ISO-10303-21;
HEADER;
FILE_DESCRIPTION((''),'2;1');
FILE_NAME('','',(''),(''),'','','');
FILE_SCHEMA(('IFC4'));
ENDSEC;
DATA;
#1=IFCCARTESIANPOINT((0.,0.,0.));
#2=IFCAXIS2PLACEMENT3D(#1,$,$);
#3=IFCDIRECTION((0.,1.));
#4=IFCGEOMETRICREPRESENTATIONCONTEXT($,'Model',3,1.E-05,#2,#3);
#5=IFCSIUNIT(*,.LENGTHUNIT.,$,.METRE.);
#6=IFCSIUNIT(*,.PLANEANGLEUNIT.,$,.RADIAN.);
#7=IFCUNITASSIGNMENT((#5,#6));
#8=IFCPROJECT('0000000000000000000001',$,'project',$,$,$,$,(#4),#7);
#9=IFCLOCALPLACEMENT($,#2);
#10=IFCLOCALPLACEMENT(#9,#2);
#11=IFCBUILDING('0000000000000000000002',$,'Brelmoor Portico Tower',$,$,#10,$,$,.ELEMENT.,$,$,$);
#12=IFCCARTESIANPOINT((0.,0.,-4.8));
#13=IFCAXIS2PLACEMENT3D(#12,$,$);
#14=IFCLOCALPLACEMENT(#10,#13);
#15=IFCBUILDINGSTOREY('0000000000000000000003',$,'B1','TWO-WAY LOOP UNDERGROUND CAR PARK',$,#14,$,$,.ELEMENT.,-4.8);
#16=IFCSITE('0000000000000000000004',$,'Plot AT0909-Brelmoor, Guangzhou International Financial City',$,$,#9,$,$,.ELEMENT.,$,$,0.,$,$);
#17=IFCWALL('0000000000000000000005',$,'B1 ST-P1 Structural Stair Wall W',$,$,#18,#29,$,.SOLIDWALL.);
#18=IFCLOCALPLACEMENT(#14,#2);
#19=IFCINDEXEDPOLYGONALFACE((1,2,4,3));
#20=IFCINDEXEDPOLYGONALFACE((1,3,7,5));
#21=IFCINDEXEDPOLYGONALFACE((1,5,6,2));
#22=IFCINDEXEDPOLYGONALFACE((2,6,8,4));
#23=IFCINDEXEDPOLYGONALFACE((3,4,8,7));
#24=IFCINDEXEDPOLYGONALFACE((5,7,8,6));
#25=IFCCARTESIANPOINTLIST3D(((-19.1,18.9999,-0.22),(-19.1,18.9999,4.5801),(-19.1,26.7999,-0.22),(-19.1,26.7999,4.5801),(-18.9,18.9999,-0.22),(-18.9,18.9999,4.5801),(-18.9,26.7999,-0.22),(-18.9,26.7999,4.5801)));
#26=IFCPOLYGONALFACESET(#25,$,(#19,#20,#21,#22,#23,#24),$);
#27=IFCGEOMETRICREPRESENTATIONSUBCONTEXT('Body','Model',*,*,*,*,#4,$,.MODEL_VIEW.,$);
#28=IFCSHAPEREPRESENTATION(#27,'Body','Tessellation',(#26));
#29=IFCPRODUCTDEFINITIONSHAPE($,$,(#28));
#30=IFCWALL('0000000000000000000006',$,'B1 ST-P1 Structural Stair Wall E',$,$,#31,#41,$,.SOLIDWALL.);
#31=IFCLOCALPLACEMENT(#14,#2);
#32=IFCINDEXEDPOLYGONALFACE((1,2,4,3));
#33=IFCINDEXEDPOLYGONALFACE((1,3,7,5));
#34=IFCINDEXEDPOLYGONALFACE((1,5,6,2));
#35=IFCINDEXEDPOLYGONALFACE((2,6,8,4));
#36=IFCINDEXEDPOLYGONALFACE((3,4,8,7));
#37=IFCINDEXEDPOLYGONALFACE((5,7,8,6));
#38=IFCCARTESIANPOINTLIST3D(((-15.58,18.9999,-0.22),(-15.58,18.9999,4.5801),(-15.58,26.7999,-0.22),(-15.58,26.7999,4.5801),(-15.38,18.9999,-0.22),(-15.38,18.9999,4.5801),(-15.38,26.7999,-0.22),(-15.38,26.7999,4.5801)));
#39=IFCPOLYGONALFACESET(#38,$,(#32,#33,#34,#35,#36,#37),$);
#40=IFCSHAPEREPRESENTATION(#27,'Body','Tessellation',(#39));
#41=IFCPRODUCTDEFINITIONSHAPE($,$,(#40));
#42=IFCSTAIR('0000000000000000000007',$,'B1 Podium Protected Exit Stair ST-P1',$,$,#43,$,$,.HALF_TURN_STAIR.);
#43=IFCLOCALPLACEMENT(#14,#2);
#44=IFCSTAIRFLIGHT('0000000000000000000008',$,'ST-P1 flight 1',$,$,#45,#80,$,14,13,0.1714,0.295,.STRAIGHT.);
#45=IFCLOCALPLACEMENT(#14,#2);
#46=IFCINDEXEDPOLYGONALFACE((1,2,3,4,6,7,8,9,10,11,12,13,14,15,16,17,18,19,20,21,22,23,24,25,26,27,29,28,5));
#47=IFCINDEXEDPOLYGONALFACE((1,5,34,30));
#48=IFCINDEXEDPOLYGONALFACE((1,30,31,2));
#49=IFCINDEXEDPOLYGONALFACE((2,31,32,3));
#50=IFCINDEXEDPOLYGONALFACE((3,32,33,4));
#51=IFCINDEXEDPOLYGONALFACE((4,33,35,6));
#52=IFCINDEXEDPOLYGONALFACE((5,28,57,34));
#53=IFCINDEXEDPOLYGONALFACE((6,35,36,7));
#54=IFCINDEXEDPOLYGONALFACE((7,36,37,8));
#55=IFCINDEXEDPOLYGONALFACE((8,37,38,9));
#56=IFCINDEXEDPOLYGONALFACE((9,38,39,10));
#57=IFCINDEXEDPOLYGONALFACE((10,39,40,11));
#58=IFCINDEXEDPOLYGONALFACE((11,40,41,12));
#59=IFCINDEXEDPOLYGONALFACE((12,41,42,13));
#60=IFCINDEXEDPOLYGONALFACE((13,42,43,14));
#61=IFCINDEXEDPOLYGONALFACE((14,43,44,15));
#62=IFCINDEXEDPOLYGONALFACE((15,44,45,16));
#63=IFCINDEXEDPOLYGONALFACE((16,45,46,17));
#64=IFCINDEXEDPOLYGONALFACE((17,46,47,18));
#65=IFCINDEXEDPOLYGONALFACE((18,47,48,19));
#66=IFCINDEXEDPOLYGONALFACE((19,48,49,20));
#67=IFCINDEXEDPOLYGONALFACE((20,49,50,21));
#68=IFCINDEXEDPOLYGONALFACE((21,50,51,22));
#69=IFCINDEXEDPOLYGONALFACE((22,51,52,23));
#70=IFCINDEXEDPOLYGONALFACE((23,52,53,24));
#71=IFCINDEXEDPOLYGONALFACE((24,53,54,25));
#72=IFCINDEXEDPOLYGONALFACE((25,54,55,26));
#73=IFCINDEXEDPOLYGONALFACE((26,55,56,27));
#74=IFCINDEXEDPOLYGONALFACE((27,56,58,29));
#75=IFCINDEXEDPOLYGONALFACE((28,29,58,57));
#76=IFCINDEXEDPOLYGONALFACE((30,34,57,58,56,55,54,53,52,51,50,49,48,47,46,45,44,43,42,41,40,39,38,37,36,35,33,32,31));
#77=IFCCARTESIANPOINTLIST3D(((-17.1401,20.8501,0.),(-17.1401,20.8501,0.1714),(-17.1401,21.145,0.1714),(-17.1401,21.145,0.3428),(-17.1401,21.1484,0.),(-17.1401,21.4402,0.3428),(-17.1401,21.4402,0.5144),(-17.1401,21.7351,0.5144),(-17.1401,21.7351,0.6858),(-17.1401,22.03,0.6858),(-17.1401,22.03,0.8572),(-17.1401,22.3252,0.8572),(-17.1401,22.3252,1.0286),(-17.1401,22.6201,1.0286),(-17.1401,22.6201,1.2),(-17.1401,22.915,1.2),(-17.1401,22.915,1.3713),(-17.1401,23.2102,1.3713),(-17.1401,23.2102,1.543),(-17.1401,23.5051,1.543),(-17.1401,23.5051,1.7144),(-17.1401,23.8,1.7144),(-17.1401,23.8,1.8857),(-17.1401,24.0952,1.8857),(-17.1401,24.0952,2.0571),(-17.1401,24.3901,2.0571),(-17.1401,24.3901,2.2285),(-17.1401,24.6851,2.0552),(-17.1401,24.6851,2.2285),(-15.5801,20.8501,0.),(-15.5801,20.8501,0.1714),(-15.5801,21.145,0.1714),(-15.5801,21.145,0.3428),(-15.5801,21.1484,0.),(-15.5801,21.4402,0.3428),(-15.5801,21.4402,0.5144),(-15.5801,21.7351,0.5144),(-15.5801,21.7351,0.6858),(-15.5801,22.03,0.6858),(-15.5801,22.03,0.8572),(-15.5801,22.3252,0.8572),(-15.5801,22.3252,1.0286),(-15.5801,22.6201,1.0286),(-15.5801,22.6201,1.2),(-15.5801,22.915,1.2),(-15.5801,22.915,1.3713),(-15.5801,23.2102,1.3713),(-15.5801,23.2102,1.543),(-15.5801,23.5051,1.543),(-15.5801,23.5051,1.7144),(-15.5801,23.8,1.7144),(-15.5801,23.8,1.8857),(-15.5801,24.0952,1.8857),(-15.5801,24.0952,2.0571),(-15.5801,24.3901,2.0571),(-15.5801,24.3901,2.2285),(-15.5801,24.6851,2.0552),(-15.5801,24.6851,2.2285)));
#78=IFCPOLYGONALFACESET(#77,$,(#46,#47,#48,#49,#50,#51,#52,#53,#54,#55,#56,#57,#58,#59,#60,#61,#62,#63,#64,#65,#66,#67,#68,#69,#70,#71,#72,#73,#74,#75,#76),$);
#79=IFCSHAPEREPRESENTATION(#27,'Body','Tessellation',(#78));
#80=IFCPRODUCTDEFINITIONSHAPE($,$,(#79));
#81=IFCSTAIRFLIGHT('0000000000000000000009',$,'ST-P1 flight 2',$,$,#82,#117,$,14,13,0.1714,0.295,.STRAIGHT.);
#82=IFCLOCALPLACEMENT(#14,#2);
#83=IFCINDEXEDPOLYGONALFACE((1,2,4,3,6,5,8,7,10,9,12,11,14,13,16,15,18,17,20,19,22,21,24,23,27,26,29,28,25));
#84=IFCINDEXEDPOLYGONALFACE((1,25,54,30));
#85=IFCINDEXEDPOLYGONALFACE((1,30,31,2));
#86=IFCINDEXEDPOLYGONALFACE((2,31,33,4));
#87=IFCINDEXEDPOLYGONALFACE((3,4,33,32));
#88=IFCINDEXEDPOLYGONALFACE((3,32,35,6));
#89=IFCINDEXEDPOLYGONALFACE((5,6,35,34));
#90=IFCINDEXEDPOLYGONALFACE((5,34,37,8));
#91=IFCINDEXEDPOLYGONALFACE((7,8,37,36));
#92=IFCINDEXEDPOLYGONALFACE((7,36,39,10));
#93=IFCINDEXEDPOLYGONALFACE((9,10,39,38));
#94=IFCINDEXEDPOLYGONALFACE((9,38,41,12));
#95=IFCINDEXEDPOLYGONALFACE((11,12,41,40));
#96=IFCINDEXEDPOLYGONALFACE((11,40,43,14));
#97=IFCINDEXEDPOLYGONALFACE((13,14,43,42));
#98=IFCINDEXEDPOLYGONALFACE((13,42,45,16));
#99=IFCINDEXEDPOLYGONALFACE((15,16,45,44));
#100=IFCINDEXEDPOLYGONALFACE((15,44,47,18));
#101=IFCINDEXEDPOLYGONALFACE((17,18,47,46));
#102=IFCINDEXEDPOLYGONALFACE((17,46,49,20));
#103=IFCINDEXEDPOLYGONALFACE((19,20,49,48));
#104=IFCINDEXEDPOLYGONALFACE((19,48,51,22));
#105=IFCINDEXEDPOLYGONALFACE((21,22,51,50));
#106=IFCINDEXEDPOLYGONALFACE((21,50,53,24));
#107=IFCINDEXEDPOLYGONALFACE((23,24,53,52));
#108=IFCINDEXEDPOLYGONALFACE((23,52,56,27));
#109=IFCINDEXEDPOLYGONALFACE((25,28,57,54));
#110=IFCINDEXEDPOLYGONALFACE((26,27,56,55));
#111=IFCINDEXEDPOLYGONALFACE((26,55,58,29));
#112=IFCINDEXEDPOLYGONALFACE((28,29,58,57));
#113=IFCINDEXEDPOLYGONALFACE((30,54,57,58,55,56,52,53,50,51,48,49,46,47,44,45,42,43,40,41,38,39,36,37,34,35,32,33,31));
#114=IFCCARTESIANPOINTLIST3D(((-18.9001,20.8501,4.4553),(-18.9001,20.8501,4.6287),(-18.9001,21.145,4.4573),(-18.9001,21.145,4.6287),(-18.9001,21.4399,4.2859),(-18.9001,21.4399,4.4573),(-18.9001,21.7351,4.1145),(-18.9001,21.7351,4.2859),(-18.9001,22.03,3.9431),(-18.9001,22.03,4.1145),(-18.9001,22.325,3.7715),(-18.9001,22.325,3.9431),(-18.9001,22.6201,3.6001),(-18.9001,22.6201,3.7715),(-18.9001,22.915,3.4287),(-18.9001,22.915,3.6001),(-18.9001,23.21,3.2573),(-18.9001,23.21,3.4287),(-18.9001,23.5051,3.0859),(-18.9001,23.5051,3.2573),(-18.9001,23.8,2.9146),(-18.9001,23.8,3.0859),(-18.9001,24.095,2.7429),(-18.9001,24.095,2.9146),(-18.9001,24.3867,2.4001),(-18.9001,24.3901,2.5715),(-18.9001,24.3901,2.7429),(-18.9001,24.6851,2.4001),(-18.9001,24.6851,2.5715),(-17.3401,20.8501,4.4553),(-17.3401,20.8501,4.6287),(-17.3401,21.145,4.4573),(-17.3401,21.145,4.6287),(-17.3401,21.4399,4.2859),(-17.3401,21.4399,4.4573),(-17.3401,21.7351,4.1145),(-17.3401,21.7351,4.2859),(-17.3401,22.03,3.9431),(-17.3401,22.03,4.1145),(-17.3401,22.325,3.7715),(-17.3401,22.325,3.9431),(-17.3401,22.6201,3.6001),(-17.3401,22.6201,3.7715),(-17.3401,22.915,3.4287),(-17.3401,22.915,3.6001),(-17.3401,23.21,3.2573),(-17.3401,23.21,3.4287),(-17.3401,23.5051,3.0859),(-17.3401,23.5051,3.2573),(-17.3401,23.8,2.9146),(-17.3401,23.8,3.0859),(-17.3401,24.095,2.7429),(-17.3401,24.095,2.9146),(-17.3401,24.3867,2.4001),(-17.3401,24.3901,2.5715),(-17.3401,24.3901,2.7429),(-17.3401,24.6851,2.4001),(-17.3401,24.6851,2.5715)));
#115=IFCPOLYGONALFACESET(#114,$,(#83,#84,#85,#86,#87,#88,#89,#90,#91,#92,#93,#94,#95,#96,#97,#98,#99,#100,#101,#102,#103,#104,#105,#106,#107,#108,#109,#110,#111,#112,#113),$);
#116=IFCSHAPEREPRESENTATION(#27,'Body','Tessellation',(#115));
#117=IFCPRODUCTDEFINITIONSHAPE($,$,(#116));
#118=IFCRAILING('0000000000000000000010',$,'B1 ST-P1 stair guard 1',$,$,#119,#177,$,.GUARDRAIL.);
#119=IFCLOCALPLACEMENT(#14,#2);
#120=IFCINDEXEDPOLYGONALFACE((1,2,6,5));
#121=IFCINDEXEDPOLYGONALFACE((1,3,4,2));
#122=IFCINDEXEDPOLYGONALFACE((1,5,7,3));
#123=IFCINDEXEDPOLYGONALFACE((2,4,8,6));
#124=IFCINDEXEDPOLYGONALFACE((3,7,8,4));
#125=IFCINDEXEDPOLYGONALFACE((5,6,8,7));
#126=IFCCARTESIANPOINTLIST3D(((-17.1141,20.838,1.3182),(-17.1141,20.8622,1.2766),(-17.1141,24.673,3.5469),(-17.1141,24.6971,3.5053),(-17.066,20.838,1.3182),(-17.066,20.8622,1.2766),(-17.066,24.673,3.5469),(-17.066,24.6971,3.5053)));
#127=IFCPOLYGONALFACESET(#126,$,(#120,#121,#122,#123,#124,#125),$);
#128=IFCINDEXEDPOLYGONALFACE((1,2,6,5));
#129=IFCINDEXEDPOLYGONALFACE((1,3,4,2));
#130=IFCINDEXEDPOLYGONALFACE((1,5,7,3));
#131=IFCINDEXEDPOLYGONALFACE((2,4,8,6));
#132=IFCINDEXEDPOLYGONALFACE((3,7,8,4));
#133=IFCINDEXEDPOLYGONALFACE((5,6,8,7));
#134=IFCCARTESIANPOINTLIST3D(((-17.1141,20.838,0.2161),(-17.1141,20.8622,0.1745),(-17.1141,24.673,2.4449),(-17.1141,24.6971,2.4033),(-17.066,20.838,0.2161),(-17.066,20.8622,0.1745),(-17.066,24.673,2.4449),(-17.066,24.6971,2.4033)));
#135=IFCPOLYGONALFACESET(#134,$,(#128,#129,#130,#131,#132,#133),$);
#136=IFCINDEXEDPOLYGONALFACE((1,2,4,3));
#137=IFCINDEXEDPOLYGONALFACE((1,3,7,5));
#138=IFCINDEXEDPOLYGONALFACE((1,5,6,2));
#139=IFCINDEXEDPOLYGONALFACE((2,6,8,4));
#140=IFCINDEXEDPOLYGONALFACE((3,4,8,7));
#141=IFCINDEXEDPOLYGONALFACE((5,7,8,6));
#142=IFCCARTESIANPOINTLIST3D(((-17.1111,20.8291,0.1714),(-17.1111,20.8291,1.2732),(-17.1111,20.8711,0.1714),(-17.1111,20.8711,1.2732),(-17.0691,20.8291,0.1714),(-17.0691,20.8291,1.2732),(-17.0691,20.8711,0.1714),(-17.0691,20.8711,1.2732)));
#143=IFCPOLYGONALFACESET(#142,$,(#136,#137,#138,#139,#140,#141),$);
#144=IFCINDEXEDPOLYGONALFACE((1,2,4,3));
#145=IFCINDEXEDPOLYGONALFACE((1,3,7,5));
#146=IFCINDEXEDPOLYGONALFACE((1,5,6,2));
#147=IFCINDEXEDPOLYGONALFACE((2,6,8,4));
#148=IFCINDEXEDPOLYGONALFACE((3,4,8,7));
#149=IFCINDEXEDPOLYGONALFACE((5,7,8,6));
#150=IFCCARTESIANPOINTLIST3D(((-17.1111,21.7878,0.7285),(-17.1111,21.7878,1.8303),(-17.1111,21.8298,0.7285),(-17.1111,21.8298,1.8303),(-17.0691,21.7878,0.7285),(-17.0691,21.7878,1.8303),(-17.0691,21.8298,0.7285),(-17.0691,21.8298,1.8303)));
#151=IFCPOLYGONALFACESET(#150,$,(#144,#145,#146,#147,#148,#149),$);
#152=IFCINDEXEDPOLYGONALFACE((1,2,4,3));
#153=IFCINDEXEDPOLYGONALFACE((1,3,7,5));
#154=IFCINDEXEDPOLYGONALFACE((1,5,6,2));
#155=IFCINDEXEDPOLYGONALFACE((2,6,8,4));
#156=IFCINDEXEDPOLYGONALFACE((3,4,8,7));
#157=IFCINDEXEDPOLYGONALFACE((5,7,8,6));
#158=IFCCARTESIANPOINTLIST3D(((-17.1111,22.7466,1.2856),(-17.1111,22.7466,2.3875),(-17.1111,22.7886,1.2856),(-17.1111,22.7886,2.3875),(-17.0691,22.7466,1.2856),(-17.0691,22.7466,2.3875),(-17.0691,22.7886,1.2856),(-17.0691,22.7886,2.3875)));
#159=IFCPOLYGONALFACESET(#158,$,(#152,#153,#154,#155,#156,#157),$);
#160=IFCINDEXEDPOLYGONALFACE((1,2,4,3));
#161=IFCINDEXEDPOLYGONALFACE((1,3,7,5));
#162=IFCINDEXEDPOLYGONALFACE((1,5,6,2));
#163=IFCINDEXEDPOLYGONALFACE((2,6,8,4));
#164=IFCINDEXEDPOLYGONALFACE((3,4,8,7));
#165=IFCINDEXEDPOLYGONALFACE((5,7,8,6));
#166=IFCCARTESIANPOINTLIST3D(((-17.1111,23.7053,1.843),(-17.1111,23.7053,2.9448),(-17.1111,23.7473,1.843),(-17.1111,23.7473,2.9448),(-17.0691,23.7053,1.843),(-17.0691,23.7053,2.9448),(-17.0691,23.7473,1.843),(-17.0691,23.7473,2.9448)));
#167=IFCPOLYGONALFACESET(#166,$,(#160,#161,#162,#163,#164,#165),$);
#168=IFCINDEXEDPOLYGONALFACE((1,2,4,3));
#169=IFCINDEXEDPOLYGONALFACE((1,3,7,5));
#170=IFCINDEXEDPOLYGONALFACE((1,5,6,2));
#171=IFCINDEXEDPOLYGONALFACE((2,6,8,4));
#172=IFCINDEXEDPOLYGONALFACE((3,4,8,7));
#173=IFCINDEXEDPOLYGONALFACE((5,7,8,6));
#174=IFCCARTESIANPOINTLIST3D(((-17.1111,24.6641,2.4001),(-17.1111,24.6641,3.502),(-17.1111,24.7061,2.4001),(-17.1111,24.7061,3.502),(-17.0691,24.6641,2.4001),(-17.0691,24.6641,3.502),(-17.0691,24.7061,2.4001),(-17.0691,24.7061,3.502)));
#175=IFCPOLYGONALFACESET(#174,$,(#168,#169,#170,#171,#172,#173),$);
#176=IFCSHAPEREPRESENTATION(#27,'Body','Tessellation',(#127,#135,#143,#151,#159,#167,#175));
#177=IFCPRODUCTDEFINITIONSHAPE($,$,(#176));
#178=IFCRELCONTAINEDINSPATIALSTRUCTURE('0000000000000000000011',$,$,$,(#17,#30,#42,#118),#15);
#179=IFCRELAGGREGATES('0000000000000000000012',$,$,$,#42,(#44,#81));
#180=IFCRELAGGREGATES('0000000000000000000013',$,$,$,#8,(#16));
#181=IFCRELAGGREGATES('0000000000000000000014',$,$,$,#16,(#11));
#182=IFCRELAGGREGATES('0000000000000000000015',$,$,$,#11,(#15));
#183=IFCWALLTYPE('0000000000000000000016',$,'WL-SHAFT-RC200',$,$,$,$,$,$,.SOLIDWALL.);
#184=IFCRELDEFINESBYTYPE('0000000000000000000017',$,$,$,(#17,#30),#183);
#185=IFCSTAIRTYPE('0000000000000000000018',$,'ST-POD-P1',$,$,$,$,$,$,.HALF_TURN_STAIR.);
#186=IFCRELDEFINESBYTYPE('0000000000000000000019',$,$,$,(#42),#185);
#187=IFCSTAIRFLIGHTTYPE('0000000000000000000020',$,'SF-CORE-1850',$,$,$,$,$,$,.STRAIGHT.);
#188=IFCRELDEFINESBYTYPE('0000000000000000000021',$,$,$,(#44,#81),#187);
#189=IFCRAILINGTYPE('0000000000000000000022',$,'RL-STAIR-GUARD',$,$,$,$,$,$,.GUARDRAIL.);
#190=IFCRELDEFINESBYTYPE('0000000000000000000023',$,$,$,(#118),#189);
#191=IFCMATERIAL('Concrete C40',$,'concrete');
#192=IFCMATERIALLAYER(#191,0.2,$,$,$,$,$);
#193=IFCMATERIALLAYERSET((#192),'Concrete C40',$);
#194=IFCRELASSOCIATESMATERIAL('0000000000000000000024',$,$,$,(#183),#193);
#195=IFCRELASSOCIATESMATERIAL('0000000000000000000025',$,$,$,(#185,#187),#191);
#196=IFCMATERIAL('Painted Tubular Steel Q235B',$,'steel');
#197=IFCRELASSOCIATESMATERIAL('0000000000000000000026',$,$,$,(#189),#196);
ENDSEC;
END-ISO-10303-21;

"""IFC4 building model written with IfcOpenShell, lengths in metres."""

from ifc_helpers import new_model, si_unit, direction, frame, frame_2d, origin, origin_2d, place, context, subcontext, project, spatial, polyline, rectangle, outline, extrude, material, layer, layer_set, type_object, element, aggregate, save


model = new_model("IFC4")

# Units and contexts
model_context = context("Model", 3, precision=1e-05, world=origin(), true_north=direction((0.0, 1.0)))
body_context = subcontext(model_context, "Body", "Model", "MODEL_VIEW")
ifc_project = project(units=[si_unit("LENGTHUNIT", "METRE"), si_unit("PLANEANGLEUNIT", "RADIAN")], contexts=[model_context])

# Site, building, storey
site_placement = place(None, origin())
site = spatial("IfcSite", under=ifc_project, at=site_placement, Name="Plot AT0909-Brelmoor, Guangzhou International Financial City", CompositionType="ELEMENT", RefElevation=0.0)
building_placement = place(site_placement, origin())
building = spatial("IfcBuilding", under=site, at=building_placement, Name="Brelmoor Portico Tower", CompositionType="ELEMENT")
storey_placement = place(building_placement, frame((0.0, 0.0, -4.8)))
storey = spatial("IfcBuildingStorey", under=building, at=storey_placement, Name="B1", Description="TWO-WAY LOOP UNDERGROUND CAR PARK", CompositionType="ELEMENT", Elevation=-4.8)

# Shared definitions
ifc_material_1 = material(Name="Concrete C40", Category="concrete")
ifc_layer_1 = layer(ifc_material_1, 0.2)
ifc_layer_set_1 = layer_set([ifc_layer_1], Name="Concrete C40")
wall_type_1 = type_object("IfcWallType", Name="WL-SHAFT-RC200", PredefinedType="SOLIDWALL", material=ifc_layer_set_1)

# Walls
for number, where, z_axis, x_axis, name in (
    (1, (-19.0, 19.0, -0.22), (0.0, 0.0, 1.0), (0.0, 1.0, 0.0), "B1 ST-P1 Structural Stair Wall W"),
    (2, (-15.48, 19.0, -0.22), (0.0, 0.0, 1.0), (0.0, 1.0, 0.0), "B1 ST-P1 Structural Stair Wall E"),
):
    element("IfcWall", number, at=place(storey_placement, frame(where, z_axis=z_axis, x_axis=x_axis)), inside=storey, type_object=wall_type_1, Name=name, PredefinedType="SOLIDWALL", context=body_context, shape_type="SweptSolid", body=[
        extrude(rectangle(XDim=7.8, YDim=0.2, at=frame_2d((3.8999, 0.0))), origin(), (0.0, 0.0, 1.0), 4.8),
    ])

# Stair, stair flights
stair_type = type_object("IfcStairType", Name="ST-POD-P1", PredefinedType="HALF_TURN_STAIR", material=ifc_material_1)
stair_placement = place(storey_placement, origin())
stair = element("IfcStair", 3, at=stair_placement, inside=storey, type_object=stair_type, Name="B1 Podium Protected Exit Stair ST-P1", PredefinedType="HALF_TURN_STAIR")
stair_flight_type = type_object("IfcStairFlightType", Name="SF-CORE-1850", PredefinedType="STRAIGHT", material=ifc_material_1)
stair_flight_1_placement = place(storey_placement, frame((-16.3601, 20.8501, 0.0), z_axis=(0.0, 0.0, 1.0), x_axis=(0.0, 1.0, 0.0)))
stair_flight_1 = element("IfcStairFlight", 4, at=stair_flight_1_placement, type_object=stair_flight_type, Name="ST-P1 flight 1", NumberOfRisers=14, NumberOfTreads=13, PredefinedType="STRAIGHT", RiserHeight=0.1714, TreadLength=0.295, context=body_context, shape_type="SweptSolid", body=[
    extrude(outline(polyline([(0.0, 0.0), (0.0, 0.1714), (0.2949, 0.1714), (0.2949, 0.3428), (0.5901, 0.3428), (0.5901, 0.5144), (0.885, 0.5144), (0.885, 0.6858), (1.1799, 0.6858), (1.1799, 0.8572), (1.4751, 0.8572), (1.4751, 1.0286), (1.77, 1.0286), (1.77, 1.2), (2.0649, 1.2), (2.0649, 1.3713), (2.3601, 1.3713), (2.3601, 1.543), (2.655, 1.543), (2.655, 1.7144), (2.95, 1.7144), (2.95, 1.8857), (3.2451, 1.8857), (3.2451, 2.0571), (3.54, 2.0571), (3.54, 2.2285), (3.835, 2.2285), (3.835, 2.3999), (3.835, 2.0552), (0.2983, 0.0), (0.0, 0.0)])), frame((0.0, 0.78, 0.0), z_axis=(0.0, -1.0, 0.0), x_axis=(1.0, 0.0, 0.0)), (0.0, 0.0, 1.0), 1.5601),
])
stair_flight_2_placement = place(storey_placement, frame((-18.1201, 24.6851, 2.4001), z_axis=(0.0, 0.0, 1.0), x_axis=(0.0, -1.0, 0.0)))
stair_flight_2 = element("IfcStairFlight", 5, at=stair_flight_2_placement, type_object=stair_flight_type, Name="ST-P1 flight 2", NumberOfRisers=14, NumberOfTreads=13, PredefinedType="STRAIGHT", RiserHeight=0.1714, TreadLength=0.295, context=body_context, shape_type="SweptSolid", body=[
    extrude(outline(polyline([(0.0, 0.0), (0.0, 0.1714), (0.2949, 0.1714), (0.2949, 0.3428), (0.5901, 0.3428), (0.5901, 0.5144), (0.885, 0.5144), (0.885, 0.6858), (1.1799, 0.6858), (1.1799, 0.8572), (1.4751, 0.8572), (1.4751, 1.0286), (1.77, 1.0286), (1.77, 1.2), (2.0649, 1.2), (2.0649, 1.3713), (2.3601, 1.3713), (2.3601, 1.543), (2.655, 1.543), (2.655, 1.7144), (2.95, 1.7144), (2.95, 1.8857), (3.2451, 1.8857), (3.2451, 2.0571), (3.54, 2.0571), (3.54, 2.2285), (3.835, 2.2285), (3.835, 2.3999), (3.835, 2.0552), (0.2983, 0.0), (0.0, 0.0)])), frame((0.0, 0.78, 0.0), z_axis=(0.0, -1.0, 0.0), x_axis=(1.0, 0.0, 0.0)), (0.0, 0.0, 1.0), 1.5601),
])
aggregate(stair, [stair_flight_1, stair_flight_2])

# Railing
ifc_material_2 = material(Name="Painted Tubular Steel Q235B", Category="steel")
railing_type_1 = type_object("IfcRailingType", Name="RL-STAIR-GUARD", PredefinedType="GUARDRAIL", material=ifc_material_2)
railing_1_placement = place(storey_placement, frame((-17.0901, 20.8501, 0.1714)))
element("IfcRailing", 6, at=railing_1_placement, inside=storey, type_object=railing_type_1, Name="B1 ST-P1 stair guard 1", PredefinedType="GUARDRAIL", context=body_context, shape_type="SweptSolid", body=[
    extrude(rectangle(XDim=0.0481, YDim=0.0481, at=origin_2d()), frame((0.0, 0.0, 1.126), z_axis=(0.0, 0.864592, 0.502474), x_axis=(-1.0, 0.0, 0.0)), (0.0, 0.0, 1.0), 4.4355),
    extrude(rectangle(XDim=0.0481, YDim=0.0481, at=origin_2d()), frame((0.0, 0.0, 0.0239), z_axis=(0.0, 0.864592, 0.502474), x_axis=(-1.0, 0.0, 0.0)), (0.0, 0.0, 1.0), 4.4355),
    extrude(rectangle(XDim=0.042, YDim=0.042, at=origin_2d()), origin(), (0.0, 0.0, 1.0), 1.1018),
    extrude(rectangle(XDim=0.042, YDim=0.042, at=origin_2d()), frame((0.0, 0.9587, 0.5571)), (0.0, 0.0, 1.0), 1.1018),
    extrude(rectangle(XDim=0.042, YDim=0.042, at=origin_2d()), frame((0.0, 1.9175, 1.1143)), (0.0, 0.0, 1.0), 1.1018),
    extrude(rectangle(XDim=0.042, YDim=0.042, at=origin_2d()), frame((0.0, 2.8762, 1.6716)), (0.0, 0.0, 1.0), 1.1018),
    extrude(rectangle(XDim=0.042, YDim=0.042, at=origin_2d()), frame((0.0, 3.835, 2.2288)), (0.0, 0.0, 1.0), 1.1018),
])

save(model, "model.ifc")
